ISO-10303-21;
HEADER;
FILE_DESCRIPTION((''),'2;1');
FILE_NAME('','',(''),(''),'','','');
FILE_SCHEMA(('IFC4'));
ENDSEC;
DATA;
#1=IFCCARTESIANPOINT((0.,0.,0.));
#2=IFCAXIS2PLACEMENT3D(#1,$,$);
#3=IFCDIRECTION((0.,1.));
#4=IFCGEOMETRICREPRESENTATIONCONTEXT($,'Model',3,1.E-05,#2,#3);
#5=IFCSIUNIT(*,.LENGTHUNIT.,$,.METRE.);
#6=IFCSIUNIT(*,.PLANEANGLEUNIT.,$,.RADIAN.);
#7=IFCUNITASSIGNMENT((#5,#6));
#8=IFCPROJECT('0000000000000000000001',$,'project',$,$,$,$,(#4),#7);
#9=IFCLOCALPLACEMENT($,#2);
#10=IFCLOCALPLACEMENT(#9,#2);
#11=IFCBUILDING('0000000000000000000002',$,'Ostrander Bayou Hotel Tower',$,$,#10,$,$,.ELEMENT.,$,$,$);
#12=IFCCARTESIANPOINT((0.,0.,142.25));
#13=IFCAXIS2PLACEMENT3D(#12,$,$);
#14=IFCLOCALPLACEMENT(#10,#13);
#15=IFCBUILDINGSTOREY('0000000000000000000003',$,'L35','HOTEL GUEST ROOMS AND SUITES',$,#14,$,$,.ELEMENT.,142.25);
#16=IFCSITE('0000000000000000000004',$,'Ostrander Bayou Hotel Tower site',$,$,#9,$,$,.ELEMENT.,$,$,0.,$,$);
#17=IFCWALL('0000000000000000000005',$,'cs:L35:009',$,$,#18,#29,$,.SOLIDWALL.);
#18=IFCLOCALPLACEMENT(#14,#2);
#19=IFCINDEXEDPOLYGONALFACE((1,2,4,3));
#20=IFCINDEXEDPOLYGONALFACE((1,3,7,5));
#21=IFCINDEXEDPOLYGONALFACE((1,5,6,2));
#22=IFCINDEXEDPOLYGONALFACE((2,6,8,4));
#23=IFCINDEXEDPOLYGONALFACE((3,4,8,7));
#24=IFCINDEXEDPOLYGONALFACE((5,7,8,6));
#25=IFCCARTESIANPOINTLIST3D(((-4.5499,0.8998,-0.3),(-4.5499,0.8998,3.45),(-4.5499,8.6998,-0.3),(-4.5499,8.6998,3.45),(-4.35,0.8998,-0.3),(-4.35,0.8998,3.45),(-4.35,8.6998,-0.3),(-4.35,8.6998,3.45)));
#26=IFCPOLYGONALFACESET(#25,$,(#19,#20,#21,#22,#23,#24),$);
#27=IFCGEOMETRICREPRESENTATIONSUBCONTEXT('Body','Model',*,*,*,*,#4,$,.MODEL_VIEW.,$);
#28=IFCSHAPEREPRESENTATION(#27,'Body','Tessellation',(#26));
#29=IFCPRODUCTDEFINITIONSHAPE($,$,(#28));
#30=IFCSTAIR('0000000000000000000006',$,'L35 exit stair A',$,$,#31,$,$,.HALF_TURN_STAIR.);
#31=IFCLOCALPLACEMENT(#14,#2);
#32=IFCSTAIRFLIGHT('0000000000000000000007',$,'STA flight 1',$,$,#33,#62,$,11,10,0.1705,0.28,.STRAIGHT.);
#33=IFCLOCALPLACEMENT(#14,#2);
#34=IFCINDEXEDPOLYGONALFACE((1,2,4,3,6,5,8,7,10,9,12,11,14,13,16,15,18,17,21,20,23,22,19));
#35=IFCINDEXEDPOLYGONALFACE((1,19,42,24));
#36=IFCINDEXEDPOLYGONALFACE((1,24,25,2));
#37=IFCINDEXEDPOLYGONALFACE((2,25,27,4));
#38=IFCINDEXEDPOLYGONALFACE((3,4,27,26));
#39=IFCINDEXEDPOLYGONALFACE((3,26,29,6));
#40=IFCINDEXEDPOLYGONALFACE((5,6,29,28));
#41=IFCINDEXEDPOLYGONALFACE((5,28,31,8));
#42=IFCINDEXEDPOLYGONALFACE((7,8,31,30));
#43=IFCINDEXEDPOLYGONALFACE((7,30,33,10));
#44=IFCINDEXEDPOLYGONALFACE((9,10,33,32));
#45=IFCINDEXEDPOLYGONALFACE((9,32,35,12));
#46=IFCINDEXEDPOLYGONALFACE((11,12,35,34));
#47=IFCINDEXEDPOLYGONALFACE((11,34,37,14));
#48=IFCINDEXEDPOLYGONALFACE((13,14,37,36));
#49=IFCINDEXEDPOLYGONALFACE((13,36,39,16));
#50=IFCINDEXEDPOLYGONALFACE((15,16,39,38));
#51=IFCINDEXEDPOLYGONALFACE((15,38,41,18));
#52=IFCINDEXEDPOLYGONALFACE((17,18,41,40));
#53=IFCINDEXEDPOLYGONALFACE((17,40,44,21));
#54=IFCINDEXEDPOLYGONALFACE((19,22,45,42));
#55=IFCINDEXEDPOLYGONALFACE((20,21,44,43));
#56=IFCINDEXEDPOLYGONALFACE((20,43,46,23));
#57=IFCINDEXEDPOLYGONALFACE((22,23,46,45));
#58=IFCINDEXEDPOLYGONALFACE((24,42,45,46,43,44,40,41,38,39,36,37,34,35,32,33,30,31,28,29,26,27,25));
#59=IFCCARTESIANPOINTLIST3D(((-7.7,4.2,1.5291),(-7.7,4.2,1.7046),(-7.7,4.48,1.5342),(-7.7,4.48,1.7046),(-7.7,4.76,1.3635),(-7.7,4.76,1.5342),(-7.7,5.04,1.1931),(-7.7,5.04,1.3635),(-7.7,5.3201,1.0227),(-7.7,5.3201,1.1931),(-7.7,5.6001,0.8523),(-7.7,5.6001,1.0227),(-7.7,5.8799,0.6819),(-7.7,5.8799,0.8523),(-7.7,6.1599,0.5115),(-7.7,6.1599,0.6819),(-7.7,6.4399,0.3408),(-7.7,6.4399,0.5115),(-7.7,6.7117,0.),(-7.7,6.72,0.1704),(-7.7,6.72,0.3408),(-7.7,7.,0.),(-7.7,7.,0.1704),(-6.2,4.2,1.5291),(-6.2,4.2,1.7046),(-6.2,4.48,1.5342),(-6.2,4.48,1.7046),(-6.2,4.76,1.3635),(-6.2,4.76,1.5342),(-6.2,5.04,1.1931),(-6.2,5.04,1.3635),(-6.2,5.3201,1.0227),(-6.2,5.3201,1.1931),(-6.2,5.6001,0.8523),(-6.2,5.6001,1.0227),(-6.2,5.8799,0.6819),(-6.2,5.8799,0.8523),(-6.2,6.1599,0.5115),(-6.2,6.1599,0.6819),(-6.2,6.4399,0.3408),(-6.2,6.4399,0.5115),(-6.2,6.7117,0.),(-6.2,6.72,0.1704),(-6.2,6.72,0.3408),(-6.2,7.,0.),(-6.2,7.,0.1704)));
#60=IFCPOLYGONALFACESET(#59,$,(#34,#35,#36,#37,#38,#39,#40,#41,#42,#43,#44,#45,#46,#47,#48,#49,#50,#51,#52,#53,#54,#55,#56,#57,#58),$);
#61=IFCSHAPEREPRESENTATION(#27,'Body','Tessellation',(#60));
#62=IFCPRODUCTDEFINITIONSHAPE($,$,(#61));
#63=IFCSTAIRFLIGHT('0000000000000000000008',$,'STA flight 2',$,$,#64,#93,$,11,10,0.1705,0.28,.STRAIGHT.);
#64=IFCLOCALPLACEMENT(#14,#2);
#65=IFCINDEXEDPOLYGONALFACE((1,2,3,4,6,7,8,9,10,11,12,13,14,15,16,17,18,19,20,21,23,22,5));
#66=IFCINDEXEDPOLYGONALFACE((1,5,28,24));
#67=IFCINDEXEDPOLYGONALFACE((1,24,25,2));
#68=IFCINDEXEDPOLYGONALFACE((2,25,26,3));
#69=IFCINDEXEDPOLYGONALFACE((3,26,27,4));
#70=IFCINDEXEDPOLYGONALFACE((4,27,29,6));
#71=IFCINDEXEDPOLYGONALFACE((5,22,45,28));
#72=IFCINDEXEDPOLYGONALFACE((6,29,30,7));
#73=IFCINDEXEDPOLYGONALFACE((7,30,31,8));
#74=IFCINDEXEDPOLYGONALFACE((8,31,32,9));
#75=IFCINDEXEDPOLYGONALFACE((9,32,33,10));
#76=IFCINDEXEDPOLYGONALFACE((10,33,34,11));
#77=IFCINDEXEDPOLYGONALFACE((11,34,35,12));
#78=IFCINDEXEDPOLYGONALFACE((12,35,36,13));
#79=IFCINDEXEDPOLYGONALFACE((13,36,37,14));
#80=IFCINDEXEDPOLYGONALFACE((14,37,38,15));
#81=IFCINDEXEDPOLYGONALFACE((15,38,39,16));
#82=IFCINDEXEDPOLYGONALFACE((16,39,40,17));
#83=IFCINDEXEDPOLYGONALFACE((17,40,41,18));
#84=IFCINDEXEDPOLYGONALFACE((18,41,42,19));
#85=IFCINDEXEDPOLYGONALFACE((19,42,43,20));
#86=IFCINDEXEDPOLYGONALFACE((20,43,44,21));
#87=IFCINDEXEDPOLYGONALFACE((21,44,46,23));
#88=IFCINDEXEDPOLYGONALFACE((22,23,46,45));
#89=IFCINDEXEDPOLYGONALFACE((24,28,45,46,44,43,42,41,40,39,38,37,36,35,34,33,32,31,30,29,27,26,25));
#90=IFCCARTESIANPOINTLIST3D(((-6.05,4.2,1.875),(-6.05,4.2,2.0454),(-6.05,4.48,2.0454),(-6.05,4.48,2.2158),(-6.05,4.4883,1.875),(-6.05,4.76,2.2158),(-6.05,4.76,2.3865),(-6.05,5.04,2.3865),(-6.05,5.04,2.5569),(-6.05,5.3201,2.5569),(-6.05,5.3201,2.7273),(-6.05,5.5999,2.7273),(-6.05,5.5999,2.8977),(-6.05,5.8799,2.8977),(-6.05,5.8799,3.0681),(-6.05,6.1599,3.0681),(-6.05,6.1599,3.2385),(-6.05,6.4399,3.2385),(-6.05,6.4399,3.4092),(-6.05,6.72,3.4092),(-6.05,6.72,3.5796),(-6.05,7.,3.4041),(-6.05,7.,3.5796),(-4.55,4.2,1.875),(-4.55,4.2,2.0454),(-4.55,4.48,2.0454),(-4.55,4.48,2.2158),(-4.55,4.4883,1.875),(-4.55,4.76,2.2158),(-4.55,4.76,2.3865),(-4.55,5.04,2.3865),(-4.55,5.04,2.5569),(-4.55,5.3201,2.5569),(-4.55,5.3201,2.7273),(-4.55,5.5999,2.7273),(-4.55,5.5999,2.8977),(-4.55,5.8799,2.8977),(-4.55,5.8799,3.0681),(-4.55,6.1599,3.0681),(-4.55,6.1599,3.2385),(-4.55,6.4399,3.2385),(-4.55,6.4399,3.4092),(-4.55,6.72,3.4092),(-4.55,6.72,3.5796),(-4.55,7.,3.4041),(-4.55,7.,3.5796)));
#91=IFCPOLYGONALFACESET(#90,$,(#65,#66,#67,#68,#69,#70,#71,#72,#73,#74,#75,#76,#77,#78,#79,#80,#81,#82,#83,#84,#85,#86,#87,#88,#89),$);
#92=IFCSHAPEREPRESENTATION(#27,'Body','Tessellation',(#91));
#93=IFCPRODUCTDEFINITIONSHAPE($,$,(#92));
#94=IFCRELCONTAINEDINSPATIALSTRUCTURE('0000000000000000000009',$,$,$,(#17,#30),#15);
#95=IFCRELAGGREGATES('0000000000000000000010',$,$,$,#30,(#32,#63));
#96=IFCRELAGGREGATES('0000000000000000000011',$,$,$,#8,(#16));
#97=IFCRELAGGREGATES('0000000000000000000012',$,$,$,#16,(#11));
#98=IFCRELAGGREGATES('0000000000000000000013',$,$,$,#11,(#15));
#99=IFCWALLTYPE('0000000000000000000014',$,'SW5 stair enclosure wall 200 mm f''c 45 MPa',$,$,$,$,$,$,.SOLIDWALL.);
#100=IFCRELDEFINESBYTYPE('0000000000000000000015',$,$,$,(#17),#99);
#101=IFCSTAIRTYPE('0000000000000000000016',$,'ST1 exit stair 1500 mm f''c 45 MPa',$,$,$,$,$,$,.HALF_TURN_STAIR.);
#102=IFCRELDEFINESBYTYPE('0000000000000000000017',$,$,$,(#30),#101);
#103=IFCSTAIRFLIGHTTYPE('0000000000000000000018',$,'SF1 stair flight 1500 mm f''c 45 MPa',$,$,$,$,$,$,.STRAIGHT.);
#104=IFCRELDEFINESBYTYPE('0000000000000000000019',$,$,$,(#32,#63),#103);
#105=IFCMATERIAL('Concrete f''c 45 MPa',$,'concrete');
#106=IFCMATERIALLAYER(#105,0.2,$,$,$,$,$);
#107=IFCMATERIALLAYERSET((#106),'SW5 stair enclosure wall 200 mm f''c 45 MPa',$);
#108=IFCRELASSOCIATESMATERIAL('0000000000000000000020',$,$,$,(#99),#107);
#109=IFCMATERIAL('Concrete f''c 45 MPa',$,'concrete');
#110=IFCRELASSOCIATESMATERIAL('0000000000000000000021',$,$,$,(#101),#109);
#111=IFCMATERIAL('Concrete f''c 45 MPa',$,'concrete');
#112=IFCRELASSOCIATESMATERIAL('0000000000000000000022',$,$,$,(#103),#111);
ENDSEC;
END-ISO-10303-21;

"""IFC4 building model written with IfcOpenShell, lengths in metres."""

from ifc_helpers import new_model, si_unit, direction, frame, frame_2d, origin, place, context, subcontext, project, spatial, polyline, rectangle, outline, extrude, material, layer, layer_set, type_object, element, aggregate, save


model = new_model("IFC4")

# Units and contexts
model_context = context("Model", 3, precision=1e-05, world=origin(), true_north=direction((0.0, 1.0)))
body_context = subcontext(model_context, "Body", "Model", "MODEL_VIEW")
ifc_project = project(units=[si_unit("LENGTHUNIT", "METRE"), si_unit("PLANEANGLEUNIT", "RADIAN")], contexts=[model_context])

# Site, building, storey
site_placement = place(None, origin())
site = spatial("IfcSite", under=ifc_project, at=site_placement, Name="Ostrander Bayou Hotel Tower site", CompositionType="ELEMENT", RefElevation=0.0)
building_placement = place(site_placement, origin())
building = spatial("IfcBuilding", under=site, at=building_placement, Name="Ostrander Bayou Hotel Tower", CompositionType="ELEMENT")
storey_placement = place(building_placement, frame((0.0, 0.0, 142.25)))
storey = spatial("IfcBuildingStorey", under=building, at=storey_placement, Name="L35", Description="HOTEL GUEST ROOMS AND SUITES", CompositionType="ELEMENT", Elevation=142.25)

# Wall
ifc_material_1 = material(Name="Concrete f'c 45 MPa", Category="concrete")
ifc_layer_1 = layer(ifc_material_1, 0.2)
ifc_layer_set_1 = layer_set([ifc_layer_1], Name="SW5 stair enclosure wall 200 mm f'c 45 MPa")
wall_type_1 = type_object("IfcWallType", Name="SW5 stair enclosure wall 200 mm f'c 45 MPa", PredefinedType="SOLIDWALL", material=ifc_layer_set_1)
wall_1_placement = place(storey_placement, frame((-4.45, 0.8999, -0.3), z_axis=(0.0, 0.0, 1.0), x_axis=(0.0, 1.0, 0.0)))
element("IfcWall", 1, at=wall_1_placement, inside=storey, type_object=wall_type_1, Name="cs:L35:009", PredefinedType="SOLIDWALL", context=body_context, shape_type="SweptSolid", body=[
    extrude(rectangle(XDim=7.8, YDim=0.2, at=frame_2d((3.8999, 0.0))), origin(), (0.0, 0.0, 1.0), 3.75),
])

# Stair, stair flights
ifc_material_2 = material(Name="Concrete f'c 45 MPa", Category="concrete")
stair_type = type_object("IfcStairType", Name="ST1 exit stair 1500 mm f'c 45 MPa", PredefinedType="HALF_TURN_STAIR", material=ifc_material_2)
stair_placement = place(storey_placement, origin())
stair = element("IfcStair", 2, at=stair_placement, inside=storey, type_object=stair_type, Name="L35 exit stair A", PredefinedType="HALF_TURN_STAIR")
ifc_material_3 = material(Name="Concrete f'c 45 MPa", Category="concrete")
stair_flight_type = type_object("IfcStairFlightType", Name="SF1 stair flight 1500 mm f'c 45 MPa", PredefinedType="STRAIGHT", material=ifc_material_3)
stair_flight_1_placement = place(storey_placement, frame((-6.95, 7.0, 0.0), z_axis=(0.0, 0.0, 1.0), x_axis=(0.0, -1.0, 0.0)))
stair_flight_1 = element("IfcStairFlight", 3, at=stair_flight_1_placement, type_object=stair_flight_type, Name="STA flight 1", NumberOfRisers=11, NumberOfTreads=10, PredefinedType="STRAIGHT", RiserHeight=0.1705, TreadLength=0.28, context=body_context, shape_type="SweptSolid", body=[
    extrude(outline(polyline([(0.0, 0.0), (0.0, 0.1704), (0.28, 0.1704), (0.28, 0.3408), (0.5601, 0.3408), (0.5601, 0.5115), (0.8401, 0.5115), (0.8401, 0.6819), (1.1201, 0.6819), (1.1201, 0.8523), (1.3999, 0.8523), (1.3999, 1.0227), (1.6799, 1.0227), (1.6799, 1.1931), (1.96, 1.1931), (1.96, 1.3635), (2.24, 1.3635), (2.24, 1.5342), (2.52, 1.5342), (2.52, 1.7046), (2.8, 1.7046), (2.8, 1.875), (2.8, 1.5291), (0.2883, 0.0), (0.0, 0.0)])), frame((0.0, 0.75, 0.0), z_axis=(0.0, -1.0, 0.0), x_axis=(1.0, 0.0, 0.0)), (0.0, 0.0, 1.0), 1.5),
])
stair_flight_2_placement = place(storey_placement, frame((-5.3, 4.2, 1.875), z_axis=(0.0, 0.0, 1.0), x_axis=(0.0, 1.0, 0.0)))
stair_flight_2 = element("IfcStairFlight", 4, at=stair_flight_2_placement, type_object=stair_flight_type, Name="STA flight 2", NumberOfRisers=11, NumberOfTreads=10, PredefinedType="STRAIGHT", RiserHeight=0.1705, TreadLength=0.28, context=body_context, shape_type="SweptSolid", body=[
    extrude(outline(polyline([(0.0, 0.0), (0.0, 0.1704), (0.28, 0.1704), (0.28, 0.3408), (0.5601, 0.3408), (0.5601, 0.5115), (0.8401, 0.5115), (0.8401, 0.6819), (1.1201, 0.6819), (1.1201, 0.8523), (1.3999, 0.8523), (1.3999, 1.0227), (1.6799, 1.0227), (1.6799, 1.1931), (1.96, 1.1931), (1.96, 1.3635), (2.24, 1.3635), (2.24, 1.5342), (2.52, 1.5342), (2.52, 1.7046), (2.8, 1.7046), (2.8, 1.875), (2.8, 1.5291), (0.2883, 0.0), (0.0, 0.0)])), frame((0.0, 0.75, 0.0), z_axis=(0.0, -1.0, 0.0), x_axis=(1.0, 0.0, 0.0)), (0.0, 0.0, 1.0), 1.5),
])
aggregate(stair, [stair_flight_1, stair_flight_2])

save(model, "model.ifc")
